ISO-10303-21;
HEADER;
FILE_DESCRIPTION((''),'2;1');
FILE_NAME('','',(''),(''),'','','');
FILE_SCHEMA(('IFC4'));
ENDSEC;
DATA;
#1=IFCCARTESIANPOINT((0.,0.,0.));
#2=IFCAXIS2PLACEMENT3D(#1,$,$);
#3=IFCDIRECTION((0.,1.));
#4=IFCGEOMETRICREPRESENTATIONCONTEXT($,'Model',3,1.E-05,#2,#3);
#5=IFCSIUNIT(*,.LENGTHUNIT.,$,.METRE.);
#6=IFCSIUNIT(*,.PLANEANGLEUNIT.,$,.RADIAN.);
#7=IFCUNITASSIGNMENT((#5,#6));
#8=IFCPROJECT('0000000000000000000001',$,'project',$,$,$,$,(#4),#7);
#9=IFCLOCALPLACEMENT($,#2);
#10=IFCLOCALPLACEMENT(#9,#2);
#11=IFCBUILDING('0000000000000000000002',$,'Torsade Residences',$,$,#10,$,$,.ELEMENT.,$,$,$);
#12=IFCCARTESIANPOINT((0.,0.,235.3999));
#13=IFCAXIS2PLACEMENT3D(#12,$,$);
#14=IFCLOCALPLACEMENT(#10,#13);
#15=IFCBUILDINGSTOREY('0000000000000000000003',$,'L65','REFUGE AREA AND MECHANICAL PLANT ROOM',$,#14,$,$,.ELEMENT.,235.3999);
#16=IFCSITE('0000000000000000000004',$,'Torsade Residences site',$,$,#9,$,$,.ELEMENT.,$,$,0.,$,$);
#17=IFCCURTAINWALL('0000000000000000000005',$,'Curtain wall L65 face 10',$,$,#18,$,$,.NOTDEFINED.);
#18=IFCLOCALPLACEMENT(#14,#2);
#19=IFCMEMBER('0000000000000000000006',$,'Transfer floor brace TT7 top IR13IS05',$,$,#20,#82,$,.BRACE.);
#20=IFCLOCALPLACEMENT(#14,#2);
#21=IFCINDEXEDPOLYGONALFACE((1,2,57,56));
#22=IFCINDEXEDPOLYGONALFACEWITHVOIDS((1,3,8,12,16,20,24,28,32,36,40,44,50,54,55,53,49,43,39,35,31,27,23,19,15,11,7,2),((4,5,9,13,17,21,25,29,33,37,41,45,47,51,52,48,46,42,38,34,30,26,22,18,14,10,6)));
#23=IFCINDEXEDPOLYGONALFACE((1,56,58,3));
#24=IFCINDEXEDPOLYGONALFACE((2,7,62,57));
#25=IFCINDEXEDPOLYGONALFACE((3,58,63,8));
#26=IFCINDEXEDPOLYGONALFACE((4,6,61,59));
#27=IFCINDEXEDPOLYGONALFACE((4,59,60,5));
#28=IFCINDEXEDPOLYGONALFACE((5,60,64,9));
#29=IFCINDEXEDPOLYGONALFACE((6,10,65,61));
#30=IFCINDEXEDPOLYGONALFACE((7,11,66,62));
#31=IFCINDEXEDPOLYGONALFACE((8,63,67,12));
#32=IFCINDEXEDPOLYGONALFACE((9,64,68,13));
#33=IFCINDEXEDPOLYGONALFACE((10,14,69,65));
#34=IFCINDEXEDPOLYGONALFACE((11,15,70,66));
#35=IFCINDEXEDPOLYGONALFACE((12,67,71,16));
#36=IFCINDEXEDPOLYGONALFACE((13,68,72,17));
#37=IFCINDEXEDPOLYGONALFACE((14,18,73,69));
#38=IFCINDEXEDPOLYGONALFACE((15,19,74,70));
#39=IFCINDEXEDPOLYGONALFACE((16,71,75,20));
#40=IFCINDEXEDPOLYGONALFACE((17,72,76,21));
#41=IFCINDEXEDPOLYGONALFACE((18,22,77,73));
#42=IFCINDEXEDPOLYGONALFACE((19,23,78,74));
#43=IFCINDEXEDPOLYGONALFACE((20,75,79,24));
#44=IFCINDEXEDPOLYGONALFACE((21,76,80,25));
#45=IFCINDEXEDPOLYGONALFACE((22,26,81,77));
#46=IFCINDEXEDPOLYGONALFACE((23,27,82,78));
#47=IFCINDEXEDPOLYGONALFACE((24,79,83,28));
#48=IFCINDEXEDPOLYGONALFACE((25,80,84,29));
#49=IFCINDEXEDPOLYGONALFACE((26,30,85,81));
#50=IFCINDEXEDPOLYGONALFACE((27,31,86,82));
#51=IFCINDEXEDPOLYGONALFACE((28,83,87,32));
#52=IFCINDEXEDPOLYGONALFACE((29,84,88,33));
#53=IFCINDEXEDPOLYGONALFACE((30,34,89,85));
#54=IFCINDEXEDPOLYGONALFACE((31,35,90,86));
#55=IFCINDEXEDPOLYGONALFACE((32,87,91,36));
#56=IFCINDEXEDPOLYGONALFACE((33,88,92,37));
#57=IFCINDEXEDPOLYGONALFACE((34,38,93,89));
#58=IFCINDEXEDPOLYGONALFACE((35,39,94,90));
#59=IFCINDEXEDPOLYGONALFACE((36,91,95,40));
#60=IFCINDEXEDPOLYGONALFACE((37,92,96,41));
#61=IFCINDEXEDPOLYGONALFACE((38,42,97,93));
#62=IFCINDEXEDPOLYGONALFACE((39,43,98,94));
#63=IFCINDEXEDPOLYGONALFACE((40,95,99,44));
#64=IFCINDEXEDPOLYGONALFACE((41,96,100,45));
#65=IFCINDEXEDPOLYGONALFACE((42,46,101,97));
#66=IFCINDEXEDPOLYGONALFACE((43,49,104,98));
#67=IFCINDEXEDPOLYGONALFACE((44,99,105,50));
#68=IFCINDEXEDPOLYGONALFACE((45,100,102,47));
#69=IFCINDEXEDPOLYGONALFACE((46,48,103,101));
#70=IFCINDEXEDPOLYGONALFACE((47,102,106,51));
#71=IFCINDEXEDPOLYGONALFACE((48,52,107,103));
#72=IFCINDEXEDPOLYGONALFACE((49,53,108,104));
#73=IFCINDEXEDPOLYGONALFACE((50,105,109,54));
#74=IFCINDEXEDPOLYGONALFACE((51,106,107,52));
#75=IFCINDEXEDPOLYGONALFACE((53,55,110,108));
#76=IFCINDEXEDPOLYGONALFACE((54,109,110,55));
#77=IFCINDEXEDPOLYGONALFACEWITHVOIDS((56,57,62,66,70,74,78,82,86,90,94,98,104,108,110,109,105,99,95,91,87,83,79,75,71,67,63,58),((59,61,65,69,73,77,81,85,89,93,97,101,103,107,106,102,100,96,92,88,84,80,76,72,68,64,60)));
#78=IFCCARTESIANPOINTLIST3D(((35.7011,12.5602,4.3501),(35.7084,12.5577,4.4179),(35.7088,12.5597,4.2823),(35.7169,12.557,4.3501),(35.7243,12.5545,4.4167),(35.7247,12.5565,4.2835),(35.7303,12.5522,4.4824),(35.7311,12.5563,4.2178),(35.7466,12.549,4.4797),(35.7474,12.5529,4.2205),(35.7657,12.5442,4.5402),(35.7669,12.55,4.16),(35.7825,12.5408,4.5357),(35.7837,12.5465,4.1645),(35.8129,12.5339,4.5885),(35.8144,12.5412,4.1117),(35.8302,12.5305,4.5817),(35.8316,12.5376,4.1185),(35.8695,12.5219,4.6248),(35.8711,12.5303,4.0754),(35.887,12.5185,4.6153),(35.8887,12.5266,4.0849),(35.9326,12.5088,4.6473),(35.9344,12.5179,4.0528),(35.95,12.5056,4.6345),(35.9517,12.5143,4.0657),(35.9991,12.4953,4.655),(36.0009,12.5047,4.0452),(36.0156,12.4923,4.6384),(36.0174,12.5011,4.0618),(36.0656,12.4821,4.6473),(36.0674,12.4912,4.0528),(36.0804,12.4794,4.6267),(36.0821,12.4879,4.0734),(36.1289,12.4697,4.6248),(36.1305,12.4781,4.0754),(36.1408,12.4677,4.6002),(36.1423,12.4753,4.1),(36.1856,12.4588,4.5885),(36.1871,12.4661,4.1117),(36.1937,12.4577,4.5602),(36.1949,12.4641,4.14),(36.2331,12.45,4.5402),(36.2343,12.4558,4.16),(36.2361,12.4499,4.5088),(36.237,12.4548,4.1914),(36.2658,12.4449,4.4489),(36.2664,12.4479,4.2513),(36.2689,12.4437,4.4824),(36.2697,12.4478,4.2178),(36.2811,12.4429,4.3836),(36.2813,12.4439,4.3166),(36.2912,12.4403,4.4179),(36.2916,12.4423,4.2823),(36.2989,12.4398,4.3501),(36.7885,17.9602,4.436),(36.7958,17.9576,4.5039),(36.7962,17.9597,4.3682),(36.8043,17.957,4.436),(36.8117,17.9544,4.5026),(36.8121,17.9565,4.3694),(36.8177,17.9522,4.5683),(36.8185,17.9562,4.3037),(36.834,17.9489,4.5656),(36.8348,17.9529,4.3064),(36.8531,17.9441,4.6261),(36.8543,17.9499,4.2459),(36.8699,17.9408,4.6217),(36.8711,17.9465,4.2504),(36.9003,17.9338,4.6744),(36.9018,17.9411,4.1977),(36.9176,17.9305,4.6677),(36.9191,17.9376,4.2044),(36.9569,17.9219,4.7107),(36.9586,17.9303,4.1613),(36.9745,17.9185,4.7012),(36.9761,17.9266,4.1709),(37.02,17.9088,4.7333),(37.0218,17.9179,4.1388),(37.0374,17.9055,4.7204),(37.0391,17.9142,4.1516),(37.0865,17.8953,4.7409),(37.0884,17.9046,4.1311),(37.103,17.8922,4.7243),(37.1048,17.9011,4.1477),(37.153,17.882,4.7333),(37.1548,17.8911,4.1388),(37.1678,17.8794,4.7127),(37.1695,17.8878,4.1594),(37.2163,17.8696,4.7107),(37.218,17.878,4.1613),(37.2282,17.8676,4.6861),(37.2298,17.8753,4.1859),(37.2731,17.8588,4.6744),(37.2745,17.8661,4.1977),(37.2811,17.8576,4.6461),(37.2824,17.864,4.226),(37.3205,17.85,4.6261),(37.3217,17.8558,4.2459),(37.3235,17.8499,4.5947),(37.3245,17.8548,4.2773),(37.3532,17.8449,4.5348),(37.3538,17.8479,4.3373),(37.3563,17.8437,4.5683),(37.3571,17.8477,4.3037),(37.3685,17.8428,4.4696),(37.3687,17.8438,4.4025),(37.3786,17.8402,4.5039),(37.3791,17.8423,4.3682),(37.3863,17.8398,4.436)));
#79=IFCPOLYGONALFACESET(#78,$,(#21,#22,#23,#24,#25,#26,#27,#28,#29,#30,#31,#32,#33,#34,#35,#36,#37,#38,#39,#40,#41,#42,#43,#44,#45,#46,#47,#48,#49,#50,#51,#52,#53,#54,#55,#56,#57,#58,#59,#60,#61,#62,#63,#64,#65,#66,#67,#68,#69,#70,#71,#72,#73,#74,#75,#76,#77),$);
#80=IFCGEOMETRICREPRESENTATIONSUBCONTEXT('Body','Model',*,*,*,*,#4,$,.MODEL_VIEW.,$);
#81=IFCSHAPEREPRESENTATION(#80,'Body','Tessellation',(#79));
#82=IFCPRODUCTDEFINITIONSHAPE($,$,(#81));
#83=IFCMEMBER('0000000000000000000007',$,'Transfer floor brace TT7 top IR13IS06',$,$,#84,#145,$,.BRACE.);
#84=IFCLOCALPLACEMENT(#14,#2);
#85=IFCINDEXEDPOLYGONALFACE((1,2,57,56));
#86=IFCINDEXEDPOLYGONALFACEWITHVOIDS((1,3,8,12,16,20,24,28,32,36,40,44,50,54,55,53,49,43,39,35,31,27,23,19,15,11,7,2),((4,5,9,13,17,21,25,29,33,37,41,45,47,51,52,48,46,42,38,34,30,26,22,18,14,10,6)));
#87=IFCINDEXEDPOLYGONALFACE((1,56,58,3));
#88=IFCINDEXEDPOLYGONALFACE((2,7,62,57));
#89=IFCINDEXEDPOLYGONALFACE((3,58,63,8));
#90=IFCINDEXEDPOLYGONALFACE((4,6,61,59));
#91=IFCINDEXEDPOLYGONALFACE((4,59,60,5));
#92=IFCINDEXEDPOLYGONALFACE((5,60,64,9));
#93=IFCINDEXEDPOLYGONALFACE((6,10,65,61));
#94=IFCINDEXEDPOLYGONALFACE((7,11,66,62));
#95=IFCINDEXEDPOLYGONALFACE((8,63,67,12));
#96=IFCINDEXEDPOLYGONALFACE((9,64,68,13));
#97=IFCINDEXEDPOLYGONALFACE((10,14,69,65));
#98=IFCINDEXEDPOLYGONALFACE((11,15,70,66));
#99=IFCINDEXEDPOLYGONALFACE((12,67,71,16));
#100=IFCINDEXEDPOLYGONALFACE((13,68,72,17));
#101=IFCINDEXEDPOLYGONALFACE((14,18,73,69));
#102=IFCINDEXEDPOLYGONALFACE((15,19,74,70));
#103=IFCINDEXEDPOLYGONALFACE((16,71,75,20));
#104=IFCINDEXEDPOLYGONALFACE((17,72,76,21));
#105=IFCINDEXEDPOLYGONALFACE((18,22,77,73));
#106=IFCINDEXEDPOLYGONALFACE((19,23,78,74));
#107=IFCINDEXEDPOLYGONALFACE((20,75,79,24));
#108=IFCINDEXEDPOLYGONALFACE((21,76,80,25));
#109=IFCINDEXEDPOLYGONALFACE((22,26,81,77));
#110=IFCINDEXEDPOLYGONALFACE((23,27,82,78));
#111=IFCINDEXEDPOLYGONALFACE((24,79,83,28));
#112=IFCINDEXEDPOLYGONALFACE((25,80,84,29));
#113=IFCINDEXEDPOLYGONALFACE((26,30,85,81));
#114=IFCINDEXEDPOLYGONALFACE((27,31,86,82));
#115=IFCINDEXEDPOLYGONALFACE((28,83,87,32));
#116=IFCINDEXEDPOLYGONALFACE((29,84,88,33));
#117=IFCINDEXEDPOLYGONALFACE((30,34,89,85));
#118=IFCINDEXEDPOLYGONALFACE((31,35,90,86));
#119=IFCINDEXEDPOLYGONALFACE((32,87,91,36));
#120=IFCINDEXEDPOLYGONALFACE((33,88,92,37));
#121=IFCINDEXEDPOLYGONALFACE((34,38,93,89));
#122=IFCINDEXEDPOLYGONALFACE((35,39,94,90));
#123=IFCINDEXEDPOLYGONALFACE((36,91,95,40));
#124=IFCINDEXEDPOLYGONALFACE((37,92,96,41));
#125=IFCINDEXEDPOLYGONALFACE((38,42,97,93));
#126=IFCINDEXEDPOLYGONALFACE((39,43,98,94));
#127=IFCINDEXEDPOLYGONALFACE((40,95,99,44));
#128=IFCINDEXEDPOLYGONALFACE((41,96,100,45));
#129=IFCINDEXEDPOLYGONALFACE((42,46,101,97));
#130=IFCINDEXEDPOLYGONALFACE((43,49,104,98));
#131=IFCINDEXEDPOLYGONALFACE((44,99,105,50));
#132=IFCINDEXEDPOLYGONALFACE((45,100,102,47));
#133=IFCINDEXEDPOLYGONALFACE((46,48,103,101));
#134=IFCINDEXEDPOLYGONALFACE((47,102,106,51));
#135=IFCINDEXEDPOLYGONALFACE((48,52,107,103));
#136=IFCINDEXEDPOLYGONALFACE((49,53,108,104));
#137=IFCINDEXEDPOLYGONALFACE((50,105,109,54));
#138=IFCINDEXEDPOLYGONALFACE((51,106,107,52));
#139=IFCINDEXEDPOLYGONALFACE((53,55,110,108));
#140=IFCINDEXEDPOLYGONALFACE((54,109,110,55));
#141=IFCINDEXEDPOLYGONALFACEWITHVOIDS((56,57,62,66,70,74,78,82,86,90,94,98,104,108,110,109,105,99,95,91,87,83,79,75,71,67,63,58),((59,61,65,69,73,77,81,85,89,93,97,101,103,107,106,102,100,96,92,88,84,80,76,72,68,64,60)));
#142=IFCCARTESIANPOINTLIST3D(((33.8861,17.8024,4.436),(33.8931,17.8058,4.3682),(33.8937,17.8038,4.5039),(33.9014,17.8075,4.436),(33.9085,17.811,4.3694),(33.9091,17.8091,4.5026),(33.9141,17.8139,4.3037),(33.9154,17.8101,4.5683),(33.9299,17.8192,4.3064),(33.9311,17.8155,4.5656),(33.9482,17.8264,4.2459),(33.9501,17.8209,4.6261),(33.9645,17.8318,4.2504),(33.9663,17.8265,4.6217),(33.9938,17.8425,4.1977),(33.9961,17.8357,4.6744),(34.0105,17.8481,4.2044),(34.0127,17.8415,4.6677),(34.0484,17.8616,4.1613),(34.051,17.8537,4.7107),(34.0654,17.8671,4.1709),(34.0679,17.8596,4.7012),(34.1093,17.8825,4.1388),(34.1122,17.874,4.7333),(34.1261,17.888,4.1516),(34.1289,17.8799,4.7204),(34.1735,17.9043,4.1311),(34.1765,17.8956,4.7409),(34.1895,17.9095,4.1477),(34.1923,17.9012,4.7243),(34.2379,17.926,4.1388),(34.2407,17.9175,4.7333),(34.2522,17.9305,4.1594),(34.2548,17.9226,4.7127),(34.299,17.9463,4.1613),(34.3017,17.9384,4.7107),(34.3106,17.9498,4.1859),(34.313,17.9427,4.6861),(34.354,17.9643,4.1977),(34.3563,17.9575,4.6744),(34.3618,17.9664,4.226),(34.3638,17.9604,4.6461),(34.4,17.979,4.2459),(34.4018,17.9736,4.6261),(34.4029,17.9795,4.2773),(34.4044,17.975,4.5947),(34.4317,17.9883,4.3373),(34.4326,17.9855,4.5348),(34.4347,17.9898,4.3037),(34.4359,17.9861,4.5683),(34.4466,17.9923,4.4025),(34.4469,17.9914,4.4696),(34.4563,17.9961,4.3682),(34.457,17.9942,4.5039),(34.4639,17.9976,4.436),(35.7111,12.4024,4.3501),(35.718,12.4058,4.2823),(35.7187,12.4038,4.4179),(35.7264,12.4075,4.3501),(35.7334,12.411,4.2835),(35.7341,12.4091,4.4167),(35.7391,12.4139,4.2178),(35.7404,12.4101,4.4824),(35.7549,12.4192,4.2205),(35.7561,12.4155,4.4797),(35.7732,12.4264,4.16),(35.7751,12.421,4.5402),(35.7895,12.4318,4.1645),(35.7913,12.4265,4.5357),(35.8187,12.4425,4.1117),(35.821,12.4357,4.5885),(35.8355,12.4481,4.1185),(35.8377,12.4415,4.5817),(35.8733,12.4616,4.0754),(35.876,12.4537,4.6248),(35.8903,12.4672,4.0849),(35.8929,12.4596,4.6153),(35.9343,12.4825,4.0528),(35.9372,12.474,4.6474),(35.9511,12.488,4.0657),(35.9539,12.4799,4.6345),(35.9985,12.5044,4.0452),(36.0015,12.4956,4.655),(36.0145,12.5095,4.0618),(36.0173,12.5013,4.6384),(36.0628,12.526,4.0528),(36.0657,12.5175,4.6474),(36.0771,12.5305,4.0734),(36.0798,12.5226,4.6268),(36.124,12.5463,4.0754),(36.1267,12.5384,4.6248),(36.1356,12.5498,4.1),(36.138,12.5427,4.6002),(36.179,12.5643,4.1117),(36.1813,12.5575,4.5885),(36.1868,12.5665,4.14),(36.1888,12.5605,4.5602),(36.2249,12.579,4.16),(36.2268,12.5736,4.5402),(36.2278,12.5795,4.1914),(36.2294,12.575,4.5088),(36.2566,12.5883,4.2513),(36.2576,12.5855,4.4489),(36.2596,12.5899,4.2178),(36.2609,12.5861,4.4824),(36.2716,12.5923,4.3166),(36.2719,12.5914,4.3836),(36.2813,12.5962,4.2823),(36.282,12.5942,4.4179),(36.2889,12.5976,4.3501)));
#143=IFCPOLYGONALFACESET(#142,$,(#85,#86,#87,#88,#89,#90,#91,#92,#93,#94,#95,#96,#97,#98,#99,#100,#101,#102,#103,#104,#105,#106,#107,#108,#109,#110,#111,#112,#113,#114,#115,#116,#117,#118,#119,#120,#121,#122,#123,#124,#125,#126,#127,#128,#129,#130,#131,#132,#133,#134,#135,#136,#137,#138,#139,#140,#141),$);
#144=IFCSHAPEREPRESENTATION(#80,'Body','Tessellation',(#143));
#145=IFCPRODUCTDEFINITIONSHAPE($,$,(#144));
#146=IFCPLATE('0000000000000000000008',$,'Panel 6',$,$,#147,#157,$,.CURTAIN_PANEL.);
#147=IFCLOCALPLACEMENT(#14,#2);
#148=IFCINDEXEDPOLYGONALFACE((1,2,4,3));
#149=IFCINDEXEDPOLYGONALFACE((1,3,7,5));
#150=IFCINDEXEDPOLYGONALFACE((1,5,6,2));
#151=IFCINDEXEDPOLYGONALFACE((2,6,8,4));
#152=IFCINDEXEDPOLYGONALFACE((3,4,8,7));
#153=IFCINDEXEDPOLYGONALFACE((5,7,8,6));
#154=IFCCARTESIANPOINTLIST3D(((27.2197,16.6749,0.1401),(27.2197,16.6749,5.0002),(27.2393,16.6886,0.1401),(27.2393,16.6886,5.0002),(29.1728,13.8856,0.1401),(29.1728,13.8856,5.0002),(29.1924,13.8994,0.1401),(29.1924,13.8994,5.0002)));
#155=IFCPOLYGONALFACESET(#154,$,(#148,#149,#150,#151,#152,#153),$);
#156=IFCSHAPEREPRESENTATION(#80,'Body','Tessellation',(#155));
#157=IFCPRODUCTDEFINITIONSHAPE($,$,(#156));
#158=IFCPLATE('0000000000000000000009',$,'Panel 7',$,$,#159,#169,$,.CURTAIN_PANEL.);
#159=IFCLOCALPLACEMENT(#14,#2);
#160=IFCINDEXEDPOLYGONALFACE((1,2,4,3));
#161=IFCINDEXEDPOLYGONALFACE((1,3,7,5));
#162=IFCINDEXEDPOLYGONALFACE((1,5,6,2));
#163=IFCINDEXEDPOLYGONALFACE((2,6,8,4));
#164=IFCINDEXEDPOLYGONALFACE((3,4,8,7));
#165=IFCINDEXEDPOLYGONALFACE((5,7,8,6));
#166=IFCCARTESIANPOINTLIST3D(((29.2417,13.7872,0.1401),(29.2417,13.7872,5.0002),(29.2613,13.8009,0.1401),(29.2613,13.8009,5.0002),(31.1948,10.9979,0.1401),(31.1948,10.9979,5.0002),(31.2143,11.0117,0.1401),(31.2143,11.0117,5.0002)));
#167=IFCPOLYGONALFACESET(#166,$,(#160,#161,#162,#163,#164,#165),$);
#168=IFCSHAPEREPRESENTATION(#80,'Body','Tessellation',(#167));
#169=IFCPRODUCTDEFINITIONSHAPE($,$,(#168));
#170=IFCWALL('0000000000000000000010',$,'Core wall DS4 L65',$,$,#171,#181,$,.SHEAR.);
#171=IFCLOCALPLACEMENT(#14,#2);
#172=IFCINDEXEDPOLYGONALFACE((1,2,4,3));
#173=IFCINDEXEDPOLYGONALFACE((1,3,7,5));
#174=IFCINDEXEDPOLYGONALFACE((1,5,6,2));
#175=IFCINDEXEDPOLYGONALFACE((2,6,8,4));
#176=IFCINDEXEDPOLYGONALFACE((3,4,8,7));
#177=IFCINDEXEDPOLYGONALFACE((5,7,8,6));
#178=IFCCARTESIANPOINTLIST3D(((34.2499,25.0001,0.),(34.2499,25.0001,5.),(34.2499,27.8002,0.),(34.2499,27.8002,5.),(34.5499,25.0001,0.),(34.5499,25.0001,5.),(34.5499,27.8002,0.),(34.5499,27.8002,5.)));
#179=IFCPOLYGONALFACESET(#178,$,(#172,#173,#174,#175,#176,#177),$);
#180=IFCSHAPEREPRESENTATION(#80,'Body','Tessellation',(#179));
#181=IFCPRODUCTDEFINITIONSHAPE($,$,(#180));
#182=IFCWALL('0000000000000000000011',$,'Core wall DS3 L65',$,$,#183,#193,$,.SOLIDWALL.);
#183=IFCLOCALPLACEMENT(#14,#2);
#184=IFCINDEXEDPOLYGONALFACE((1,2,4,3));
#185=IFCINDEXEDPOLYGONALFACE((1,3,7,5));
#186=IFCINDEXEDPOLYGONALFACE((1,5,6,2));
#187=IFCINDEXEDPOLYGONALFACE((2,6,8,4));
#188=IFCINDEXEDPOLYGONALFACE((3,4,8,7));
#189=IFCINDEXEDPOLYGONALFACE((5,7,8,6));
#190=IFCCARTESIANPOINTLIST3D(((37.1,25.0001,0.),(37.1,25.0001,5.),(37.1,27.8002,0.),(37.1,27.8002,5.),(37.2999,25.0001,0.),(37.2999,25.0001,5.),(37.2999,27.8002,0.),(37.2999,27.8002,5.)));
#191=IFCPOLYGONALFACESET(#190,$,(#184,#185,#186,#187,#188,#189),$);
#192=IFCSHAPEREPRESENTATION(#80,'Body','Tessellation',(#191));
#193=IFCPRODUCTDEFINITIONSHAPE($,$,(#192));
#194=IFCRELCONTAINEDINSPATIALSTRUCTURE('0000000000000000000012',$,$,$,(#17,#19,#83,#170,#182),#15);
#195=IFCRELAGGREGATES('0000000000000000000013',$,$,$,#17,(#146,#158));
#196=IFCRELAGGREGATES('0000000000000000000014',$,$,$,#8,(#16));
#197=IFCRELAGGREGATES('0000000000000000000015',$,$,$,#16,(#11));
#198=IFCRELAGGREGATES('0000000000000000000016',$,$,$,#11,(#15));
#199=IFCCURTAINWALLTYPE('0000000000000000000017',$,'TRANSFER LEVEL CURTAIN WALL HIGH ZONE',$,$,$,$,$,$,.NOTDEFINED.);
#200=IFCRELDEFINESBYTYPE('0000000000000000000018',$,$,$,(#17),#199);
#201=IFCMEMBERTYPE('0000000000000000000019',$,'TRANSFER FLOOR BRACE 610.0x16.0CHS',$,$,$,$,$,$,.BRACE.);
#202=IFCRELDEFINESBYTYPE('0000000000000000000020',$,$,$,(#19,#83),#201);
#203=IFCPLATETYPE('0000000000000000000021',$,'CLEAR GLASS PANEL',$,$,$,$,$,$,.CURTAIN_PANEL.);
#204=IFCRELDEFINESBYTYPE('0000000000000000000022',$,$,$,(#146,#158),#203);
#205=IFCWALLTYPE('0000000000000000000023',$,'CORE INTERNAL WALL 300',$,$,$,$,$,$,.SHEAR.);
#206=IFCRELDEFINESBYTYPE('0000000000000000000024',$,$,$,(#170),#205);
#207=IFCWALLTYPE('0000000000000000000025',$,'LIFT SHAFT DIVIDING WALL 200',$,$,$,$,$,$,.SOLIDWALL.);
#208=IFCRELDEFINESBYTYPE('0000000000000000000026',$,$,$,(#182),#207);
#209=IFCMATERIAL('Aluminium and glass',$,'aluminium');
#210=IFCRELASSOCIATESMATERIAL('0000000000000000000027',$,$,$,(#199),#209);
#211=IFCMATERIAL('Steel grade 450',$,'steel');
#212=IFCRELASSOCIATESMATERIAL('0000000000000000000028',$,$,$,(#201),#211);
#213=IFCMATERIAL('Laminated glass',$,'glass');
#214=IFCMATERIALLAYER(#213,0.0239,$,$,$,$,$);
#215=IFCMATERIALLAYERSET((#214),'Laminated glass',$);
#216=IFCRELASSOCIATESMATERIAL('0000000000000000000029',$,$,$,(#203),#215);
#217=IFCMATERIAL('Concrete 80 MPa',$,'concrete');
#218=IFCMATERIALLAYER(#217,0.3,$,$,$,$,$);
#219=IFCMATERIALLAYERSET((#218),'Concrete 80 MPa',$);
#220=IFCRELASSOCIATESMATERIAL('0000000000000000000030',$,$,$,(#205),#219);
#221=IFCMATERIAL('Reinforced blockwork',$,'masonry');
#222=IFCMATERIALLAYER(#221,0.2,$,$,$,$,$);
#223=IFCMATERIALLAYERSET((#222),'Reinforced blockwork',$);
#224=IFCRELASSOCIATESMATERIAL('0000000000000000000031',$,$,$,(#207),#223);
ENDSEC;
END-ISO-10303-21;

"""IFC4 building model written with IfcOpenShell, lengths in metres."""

from ifc_helpers import new_model, si_unit, direction, frame, frame_2d, origin, origin_2d, place, context, subcontext, project, spatial, rectangle, hollow_circle, extrude, material, layer, layer_set, material_profile, profile_set, type_object, element, aggregate, save


model = new_model("IFC4")

# Units and contexts
model_context = context("Model", 3, precision=1e-05, world=origin(), true_north=direction((0.0, 1.0)))
body_context = subcontext(model_context, "Body", "Model", "MODEL_VIEW")
ifc_project = project(units=[si_unit("LENGTHUNIT", "METRE"), si_unit("PLANEANGLEUNIT", "RADIAN")], contexts=[model_context])

# Site, building, storey
site_placement = place(None, origin())
site = spatial("IfcSite", under=ifc_project, at=site_placement, Name="Torsade Residences site", CompositionType="ELEMENT", RefElevation=0.0)
building_placement = place(site_placement, origin())
building = spatial("IfcBuilding", under=site, at=building_placement, Name="Torsade Residences", CompositionType="ELEMENT")
storey_placement = place(building_placement, frame((0.0, 0.0, 235.3999)))
storey = spatial("IfcBuildingStorey", under=building, at=storey_placement, Name="L65", Description="REFUGE AREA AND MECHANICAL PLANT ROOM", CompositionType="ELEMENT", Elevation=235.3999)

# Curtain wall
ifc_material_1 = material(Name="Aluminium and glass", Category="aluminium")
curtain_wall_type = type_object("IfcCurtainWallType", Name="TRANSFER LEVEL CURTAIN WALL HIGH ZONE", PredefinedType="NOTDEFINED", material=ifc_material_1)
curtain_wall_placement = place(storey_placement, origin())
curtain_wall = element("IfcCurtainWall", 1, at=curtain_wall_placement, inside=storey, type_object=curtain_wall_type, Name="Curtain wall L65 face 10", PredefinedType="NOTDEFINED")

# Members
ifc_material_2 = material(Name="Steel grade 450", Category="steel")
ifc_material_profile_1 = material_profile(ifc_material_2, hollow_circle(Radius=0.3049, WallThickness=0.0161, at=origin_2d()), Name="610.0x16.0CHS")
ifc_profile_set_1 = profile_set([ifc_material_profile_1], Name="Steel grade 450")
member_type_1 = type_object("IfcMemberType", Name="TRANSFER FLOOR BRACE 610.0x16.0CHS", PredefinedType="BRACE", material=ifc_profile_set_1)
member_1_placement = place(storey_placement, frame((36.0, 12.5, 4.3501), z_axis=(0.197388, 0.980201, 0.0156), x_axis=(-0.980321, 0.197412, 0.0)))
element("IfcMember", 2, at=member_1_placement, inside=storey, type_object=member_type_1, Name="Transfer floor brace TT7 top IR13IS05", PredefinedType="BRACE", context=body_context, shape_type="SweptSolid", body=[
    extrude(hollow_circle(Radius=0.3049, WallThickness=0.0161, at=origin_2d()), origin(), (0.0, 0.0, 1.0), 5.509),
])
member_2_placement = place(storey_placement, frame((36.0, 12.5, 4.3501), z_axis=(-0.320133, 0.947252, 0.015075), x_axis=(-0.94736, -0.32017, 0.0)))
element("IfcMember", 3, at=member_2_placement, inside=storey, type_object=member_type_1, Name="Transfer floor brace TT7 top IR13IS06", PredefinedType="BRACE", context=body_context, shape_type="SweptSolid", body=[
    extrude(hollow_circle(Radius=0.3049, WallThickness=0.0161, at=origin_2d()), origin(), (0.0, 0.0, 1.0), 5.7007),
])

# Plates
ifc_material_3 = material(Name="Laminated glass", Category="glass")
ifc_layer_1 = layer(ifc_material_3, 0.0239)
ifc_layer_set_1 = layer_set([ifc_layer_1], Name="Laminated glass")
plate_type = type_object("IfcPlateType", Name="CLEAR GLASS PANEL", PredefinedType="CURTAIN_PANEL", material=ifc_layer_set_1)
plate_1_placement = place(storey_placement, frame((28.2061, 15.2871, 0.1401), z_axis=(0.0, 0.0, 1.0), x_axis=(0.573576, -0.819152, 0.0)))
plate_1 = element("IfcPlate", 4, at=plate_1_placement, type_object=plate_type, Name="Panel 6", PredefinedType="CURTAIN_PANEL", context=body_context, shape_type="SweptSolid", body=[
    extrude(rectangle(XDim=3.405, YDim=0.0239, at=origin_2d()), origin(), (0.0, 0.0, 1.0), 4.8601),
])
plate_2_placement = place(storey_placement, frame((30.228, 12.3994, 0.1401), z_axis=(0.0, 0.0, 1.0), x_axis=(0.573576, -0.819152, 0.0)))
plate_2 = element("IfcPlate", 5, at=plate_2_placement, type_object=plate_type, Name="Panel 7", PredefinedType="CURTAIN_PANEL", context=body_context, shape_type="SweptSolid", body=[
    extrude(rectangle(XDim=3.405, YDim=0.0239, at=origin_2d()), origin(), (0.0, 0.0, 1.0), 4.8601),
])
aggregate(curtain_wall, [plate_1, plate_2])

# Walls
ifc_material_4 = material(Name="Concrete 80 MPa", Category="concrete")
ifc_layer_2 = layer(ifc_material_4, 0.3)
ifc_layer_set_2 = layer_set([ifc_layer_2], Name="Concrete 80 MPa")
wall_type_1 = type_object("IfcWallType", Name="CORE INTERNAL WALL 300", PredefinedType="SHEAR", material=ifc_layer_set_2)
wall_1_placement = place(storey_placement, frame((34.3999, 27.8, 0.0), z_axis=(0.0, 0.0, 1.0), x_axis=(0.0, -1.0, 0.0)))
element("IfcWall", 6, at=wall_1_placement, inside=storey, type_object=wall_type_1, Name="Core wall DS4 L65", PredefinedType="SHEAR", context=body_context, shape_type="SweptSolid", body=[
    extrude(rectangle(XDim=2.8, YDim=0.3, at=frame_2d((1.3999, 0.0))), origin(), (0.0, 0.0, 1.0), 5.0),
])
ifc_material_5 = material(Name="Reinforced blockwork", Category="masonry")
ifc_layer_3 = layer(ifc_material_5, 0.2)
ifc_layer_set_3 = layer_set([ifc_layer_3], Name="Reinforced blockwork")
wall_type_2 = type_object("IfcWallType", Name="LIFT SHAFT DIVIDING WALL 200", PredefinedType="SOLIDWALL", material=ifc_layer_set_3)
wall_2_placement = place(storey_placement, frame((37.2, 27.8, 0.0), z_axis=(0.0, 0.0, 1.0), x_axis=(0.0, -1.0, 0.0)))
element("IfcWall", 7, at=wall_2_placement, inside=storey, type_object=wall_type_2, Name="Core wall DS3 L65", PredefinedType="SOLIDWALL", context=body_context, shape_type="SweptSolid", body=[
    extrude(rectangle(XDim=2.8, YDim=0.2, at=frame_2d((1.3999, 0.0))), origin(), (0.0, 0.0, 1.0), 5.0),
])

save(model, "model.ifc")
